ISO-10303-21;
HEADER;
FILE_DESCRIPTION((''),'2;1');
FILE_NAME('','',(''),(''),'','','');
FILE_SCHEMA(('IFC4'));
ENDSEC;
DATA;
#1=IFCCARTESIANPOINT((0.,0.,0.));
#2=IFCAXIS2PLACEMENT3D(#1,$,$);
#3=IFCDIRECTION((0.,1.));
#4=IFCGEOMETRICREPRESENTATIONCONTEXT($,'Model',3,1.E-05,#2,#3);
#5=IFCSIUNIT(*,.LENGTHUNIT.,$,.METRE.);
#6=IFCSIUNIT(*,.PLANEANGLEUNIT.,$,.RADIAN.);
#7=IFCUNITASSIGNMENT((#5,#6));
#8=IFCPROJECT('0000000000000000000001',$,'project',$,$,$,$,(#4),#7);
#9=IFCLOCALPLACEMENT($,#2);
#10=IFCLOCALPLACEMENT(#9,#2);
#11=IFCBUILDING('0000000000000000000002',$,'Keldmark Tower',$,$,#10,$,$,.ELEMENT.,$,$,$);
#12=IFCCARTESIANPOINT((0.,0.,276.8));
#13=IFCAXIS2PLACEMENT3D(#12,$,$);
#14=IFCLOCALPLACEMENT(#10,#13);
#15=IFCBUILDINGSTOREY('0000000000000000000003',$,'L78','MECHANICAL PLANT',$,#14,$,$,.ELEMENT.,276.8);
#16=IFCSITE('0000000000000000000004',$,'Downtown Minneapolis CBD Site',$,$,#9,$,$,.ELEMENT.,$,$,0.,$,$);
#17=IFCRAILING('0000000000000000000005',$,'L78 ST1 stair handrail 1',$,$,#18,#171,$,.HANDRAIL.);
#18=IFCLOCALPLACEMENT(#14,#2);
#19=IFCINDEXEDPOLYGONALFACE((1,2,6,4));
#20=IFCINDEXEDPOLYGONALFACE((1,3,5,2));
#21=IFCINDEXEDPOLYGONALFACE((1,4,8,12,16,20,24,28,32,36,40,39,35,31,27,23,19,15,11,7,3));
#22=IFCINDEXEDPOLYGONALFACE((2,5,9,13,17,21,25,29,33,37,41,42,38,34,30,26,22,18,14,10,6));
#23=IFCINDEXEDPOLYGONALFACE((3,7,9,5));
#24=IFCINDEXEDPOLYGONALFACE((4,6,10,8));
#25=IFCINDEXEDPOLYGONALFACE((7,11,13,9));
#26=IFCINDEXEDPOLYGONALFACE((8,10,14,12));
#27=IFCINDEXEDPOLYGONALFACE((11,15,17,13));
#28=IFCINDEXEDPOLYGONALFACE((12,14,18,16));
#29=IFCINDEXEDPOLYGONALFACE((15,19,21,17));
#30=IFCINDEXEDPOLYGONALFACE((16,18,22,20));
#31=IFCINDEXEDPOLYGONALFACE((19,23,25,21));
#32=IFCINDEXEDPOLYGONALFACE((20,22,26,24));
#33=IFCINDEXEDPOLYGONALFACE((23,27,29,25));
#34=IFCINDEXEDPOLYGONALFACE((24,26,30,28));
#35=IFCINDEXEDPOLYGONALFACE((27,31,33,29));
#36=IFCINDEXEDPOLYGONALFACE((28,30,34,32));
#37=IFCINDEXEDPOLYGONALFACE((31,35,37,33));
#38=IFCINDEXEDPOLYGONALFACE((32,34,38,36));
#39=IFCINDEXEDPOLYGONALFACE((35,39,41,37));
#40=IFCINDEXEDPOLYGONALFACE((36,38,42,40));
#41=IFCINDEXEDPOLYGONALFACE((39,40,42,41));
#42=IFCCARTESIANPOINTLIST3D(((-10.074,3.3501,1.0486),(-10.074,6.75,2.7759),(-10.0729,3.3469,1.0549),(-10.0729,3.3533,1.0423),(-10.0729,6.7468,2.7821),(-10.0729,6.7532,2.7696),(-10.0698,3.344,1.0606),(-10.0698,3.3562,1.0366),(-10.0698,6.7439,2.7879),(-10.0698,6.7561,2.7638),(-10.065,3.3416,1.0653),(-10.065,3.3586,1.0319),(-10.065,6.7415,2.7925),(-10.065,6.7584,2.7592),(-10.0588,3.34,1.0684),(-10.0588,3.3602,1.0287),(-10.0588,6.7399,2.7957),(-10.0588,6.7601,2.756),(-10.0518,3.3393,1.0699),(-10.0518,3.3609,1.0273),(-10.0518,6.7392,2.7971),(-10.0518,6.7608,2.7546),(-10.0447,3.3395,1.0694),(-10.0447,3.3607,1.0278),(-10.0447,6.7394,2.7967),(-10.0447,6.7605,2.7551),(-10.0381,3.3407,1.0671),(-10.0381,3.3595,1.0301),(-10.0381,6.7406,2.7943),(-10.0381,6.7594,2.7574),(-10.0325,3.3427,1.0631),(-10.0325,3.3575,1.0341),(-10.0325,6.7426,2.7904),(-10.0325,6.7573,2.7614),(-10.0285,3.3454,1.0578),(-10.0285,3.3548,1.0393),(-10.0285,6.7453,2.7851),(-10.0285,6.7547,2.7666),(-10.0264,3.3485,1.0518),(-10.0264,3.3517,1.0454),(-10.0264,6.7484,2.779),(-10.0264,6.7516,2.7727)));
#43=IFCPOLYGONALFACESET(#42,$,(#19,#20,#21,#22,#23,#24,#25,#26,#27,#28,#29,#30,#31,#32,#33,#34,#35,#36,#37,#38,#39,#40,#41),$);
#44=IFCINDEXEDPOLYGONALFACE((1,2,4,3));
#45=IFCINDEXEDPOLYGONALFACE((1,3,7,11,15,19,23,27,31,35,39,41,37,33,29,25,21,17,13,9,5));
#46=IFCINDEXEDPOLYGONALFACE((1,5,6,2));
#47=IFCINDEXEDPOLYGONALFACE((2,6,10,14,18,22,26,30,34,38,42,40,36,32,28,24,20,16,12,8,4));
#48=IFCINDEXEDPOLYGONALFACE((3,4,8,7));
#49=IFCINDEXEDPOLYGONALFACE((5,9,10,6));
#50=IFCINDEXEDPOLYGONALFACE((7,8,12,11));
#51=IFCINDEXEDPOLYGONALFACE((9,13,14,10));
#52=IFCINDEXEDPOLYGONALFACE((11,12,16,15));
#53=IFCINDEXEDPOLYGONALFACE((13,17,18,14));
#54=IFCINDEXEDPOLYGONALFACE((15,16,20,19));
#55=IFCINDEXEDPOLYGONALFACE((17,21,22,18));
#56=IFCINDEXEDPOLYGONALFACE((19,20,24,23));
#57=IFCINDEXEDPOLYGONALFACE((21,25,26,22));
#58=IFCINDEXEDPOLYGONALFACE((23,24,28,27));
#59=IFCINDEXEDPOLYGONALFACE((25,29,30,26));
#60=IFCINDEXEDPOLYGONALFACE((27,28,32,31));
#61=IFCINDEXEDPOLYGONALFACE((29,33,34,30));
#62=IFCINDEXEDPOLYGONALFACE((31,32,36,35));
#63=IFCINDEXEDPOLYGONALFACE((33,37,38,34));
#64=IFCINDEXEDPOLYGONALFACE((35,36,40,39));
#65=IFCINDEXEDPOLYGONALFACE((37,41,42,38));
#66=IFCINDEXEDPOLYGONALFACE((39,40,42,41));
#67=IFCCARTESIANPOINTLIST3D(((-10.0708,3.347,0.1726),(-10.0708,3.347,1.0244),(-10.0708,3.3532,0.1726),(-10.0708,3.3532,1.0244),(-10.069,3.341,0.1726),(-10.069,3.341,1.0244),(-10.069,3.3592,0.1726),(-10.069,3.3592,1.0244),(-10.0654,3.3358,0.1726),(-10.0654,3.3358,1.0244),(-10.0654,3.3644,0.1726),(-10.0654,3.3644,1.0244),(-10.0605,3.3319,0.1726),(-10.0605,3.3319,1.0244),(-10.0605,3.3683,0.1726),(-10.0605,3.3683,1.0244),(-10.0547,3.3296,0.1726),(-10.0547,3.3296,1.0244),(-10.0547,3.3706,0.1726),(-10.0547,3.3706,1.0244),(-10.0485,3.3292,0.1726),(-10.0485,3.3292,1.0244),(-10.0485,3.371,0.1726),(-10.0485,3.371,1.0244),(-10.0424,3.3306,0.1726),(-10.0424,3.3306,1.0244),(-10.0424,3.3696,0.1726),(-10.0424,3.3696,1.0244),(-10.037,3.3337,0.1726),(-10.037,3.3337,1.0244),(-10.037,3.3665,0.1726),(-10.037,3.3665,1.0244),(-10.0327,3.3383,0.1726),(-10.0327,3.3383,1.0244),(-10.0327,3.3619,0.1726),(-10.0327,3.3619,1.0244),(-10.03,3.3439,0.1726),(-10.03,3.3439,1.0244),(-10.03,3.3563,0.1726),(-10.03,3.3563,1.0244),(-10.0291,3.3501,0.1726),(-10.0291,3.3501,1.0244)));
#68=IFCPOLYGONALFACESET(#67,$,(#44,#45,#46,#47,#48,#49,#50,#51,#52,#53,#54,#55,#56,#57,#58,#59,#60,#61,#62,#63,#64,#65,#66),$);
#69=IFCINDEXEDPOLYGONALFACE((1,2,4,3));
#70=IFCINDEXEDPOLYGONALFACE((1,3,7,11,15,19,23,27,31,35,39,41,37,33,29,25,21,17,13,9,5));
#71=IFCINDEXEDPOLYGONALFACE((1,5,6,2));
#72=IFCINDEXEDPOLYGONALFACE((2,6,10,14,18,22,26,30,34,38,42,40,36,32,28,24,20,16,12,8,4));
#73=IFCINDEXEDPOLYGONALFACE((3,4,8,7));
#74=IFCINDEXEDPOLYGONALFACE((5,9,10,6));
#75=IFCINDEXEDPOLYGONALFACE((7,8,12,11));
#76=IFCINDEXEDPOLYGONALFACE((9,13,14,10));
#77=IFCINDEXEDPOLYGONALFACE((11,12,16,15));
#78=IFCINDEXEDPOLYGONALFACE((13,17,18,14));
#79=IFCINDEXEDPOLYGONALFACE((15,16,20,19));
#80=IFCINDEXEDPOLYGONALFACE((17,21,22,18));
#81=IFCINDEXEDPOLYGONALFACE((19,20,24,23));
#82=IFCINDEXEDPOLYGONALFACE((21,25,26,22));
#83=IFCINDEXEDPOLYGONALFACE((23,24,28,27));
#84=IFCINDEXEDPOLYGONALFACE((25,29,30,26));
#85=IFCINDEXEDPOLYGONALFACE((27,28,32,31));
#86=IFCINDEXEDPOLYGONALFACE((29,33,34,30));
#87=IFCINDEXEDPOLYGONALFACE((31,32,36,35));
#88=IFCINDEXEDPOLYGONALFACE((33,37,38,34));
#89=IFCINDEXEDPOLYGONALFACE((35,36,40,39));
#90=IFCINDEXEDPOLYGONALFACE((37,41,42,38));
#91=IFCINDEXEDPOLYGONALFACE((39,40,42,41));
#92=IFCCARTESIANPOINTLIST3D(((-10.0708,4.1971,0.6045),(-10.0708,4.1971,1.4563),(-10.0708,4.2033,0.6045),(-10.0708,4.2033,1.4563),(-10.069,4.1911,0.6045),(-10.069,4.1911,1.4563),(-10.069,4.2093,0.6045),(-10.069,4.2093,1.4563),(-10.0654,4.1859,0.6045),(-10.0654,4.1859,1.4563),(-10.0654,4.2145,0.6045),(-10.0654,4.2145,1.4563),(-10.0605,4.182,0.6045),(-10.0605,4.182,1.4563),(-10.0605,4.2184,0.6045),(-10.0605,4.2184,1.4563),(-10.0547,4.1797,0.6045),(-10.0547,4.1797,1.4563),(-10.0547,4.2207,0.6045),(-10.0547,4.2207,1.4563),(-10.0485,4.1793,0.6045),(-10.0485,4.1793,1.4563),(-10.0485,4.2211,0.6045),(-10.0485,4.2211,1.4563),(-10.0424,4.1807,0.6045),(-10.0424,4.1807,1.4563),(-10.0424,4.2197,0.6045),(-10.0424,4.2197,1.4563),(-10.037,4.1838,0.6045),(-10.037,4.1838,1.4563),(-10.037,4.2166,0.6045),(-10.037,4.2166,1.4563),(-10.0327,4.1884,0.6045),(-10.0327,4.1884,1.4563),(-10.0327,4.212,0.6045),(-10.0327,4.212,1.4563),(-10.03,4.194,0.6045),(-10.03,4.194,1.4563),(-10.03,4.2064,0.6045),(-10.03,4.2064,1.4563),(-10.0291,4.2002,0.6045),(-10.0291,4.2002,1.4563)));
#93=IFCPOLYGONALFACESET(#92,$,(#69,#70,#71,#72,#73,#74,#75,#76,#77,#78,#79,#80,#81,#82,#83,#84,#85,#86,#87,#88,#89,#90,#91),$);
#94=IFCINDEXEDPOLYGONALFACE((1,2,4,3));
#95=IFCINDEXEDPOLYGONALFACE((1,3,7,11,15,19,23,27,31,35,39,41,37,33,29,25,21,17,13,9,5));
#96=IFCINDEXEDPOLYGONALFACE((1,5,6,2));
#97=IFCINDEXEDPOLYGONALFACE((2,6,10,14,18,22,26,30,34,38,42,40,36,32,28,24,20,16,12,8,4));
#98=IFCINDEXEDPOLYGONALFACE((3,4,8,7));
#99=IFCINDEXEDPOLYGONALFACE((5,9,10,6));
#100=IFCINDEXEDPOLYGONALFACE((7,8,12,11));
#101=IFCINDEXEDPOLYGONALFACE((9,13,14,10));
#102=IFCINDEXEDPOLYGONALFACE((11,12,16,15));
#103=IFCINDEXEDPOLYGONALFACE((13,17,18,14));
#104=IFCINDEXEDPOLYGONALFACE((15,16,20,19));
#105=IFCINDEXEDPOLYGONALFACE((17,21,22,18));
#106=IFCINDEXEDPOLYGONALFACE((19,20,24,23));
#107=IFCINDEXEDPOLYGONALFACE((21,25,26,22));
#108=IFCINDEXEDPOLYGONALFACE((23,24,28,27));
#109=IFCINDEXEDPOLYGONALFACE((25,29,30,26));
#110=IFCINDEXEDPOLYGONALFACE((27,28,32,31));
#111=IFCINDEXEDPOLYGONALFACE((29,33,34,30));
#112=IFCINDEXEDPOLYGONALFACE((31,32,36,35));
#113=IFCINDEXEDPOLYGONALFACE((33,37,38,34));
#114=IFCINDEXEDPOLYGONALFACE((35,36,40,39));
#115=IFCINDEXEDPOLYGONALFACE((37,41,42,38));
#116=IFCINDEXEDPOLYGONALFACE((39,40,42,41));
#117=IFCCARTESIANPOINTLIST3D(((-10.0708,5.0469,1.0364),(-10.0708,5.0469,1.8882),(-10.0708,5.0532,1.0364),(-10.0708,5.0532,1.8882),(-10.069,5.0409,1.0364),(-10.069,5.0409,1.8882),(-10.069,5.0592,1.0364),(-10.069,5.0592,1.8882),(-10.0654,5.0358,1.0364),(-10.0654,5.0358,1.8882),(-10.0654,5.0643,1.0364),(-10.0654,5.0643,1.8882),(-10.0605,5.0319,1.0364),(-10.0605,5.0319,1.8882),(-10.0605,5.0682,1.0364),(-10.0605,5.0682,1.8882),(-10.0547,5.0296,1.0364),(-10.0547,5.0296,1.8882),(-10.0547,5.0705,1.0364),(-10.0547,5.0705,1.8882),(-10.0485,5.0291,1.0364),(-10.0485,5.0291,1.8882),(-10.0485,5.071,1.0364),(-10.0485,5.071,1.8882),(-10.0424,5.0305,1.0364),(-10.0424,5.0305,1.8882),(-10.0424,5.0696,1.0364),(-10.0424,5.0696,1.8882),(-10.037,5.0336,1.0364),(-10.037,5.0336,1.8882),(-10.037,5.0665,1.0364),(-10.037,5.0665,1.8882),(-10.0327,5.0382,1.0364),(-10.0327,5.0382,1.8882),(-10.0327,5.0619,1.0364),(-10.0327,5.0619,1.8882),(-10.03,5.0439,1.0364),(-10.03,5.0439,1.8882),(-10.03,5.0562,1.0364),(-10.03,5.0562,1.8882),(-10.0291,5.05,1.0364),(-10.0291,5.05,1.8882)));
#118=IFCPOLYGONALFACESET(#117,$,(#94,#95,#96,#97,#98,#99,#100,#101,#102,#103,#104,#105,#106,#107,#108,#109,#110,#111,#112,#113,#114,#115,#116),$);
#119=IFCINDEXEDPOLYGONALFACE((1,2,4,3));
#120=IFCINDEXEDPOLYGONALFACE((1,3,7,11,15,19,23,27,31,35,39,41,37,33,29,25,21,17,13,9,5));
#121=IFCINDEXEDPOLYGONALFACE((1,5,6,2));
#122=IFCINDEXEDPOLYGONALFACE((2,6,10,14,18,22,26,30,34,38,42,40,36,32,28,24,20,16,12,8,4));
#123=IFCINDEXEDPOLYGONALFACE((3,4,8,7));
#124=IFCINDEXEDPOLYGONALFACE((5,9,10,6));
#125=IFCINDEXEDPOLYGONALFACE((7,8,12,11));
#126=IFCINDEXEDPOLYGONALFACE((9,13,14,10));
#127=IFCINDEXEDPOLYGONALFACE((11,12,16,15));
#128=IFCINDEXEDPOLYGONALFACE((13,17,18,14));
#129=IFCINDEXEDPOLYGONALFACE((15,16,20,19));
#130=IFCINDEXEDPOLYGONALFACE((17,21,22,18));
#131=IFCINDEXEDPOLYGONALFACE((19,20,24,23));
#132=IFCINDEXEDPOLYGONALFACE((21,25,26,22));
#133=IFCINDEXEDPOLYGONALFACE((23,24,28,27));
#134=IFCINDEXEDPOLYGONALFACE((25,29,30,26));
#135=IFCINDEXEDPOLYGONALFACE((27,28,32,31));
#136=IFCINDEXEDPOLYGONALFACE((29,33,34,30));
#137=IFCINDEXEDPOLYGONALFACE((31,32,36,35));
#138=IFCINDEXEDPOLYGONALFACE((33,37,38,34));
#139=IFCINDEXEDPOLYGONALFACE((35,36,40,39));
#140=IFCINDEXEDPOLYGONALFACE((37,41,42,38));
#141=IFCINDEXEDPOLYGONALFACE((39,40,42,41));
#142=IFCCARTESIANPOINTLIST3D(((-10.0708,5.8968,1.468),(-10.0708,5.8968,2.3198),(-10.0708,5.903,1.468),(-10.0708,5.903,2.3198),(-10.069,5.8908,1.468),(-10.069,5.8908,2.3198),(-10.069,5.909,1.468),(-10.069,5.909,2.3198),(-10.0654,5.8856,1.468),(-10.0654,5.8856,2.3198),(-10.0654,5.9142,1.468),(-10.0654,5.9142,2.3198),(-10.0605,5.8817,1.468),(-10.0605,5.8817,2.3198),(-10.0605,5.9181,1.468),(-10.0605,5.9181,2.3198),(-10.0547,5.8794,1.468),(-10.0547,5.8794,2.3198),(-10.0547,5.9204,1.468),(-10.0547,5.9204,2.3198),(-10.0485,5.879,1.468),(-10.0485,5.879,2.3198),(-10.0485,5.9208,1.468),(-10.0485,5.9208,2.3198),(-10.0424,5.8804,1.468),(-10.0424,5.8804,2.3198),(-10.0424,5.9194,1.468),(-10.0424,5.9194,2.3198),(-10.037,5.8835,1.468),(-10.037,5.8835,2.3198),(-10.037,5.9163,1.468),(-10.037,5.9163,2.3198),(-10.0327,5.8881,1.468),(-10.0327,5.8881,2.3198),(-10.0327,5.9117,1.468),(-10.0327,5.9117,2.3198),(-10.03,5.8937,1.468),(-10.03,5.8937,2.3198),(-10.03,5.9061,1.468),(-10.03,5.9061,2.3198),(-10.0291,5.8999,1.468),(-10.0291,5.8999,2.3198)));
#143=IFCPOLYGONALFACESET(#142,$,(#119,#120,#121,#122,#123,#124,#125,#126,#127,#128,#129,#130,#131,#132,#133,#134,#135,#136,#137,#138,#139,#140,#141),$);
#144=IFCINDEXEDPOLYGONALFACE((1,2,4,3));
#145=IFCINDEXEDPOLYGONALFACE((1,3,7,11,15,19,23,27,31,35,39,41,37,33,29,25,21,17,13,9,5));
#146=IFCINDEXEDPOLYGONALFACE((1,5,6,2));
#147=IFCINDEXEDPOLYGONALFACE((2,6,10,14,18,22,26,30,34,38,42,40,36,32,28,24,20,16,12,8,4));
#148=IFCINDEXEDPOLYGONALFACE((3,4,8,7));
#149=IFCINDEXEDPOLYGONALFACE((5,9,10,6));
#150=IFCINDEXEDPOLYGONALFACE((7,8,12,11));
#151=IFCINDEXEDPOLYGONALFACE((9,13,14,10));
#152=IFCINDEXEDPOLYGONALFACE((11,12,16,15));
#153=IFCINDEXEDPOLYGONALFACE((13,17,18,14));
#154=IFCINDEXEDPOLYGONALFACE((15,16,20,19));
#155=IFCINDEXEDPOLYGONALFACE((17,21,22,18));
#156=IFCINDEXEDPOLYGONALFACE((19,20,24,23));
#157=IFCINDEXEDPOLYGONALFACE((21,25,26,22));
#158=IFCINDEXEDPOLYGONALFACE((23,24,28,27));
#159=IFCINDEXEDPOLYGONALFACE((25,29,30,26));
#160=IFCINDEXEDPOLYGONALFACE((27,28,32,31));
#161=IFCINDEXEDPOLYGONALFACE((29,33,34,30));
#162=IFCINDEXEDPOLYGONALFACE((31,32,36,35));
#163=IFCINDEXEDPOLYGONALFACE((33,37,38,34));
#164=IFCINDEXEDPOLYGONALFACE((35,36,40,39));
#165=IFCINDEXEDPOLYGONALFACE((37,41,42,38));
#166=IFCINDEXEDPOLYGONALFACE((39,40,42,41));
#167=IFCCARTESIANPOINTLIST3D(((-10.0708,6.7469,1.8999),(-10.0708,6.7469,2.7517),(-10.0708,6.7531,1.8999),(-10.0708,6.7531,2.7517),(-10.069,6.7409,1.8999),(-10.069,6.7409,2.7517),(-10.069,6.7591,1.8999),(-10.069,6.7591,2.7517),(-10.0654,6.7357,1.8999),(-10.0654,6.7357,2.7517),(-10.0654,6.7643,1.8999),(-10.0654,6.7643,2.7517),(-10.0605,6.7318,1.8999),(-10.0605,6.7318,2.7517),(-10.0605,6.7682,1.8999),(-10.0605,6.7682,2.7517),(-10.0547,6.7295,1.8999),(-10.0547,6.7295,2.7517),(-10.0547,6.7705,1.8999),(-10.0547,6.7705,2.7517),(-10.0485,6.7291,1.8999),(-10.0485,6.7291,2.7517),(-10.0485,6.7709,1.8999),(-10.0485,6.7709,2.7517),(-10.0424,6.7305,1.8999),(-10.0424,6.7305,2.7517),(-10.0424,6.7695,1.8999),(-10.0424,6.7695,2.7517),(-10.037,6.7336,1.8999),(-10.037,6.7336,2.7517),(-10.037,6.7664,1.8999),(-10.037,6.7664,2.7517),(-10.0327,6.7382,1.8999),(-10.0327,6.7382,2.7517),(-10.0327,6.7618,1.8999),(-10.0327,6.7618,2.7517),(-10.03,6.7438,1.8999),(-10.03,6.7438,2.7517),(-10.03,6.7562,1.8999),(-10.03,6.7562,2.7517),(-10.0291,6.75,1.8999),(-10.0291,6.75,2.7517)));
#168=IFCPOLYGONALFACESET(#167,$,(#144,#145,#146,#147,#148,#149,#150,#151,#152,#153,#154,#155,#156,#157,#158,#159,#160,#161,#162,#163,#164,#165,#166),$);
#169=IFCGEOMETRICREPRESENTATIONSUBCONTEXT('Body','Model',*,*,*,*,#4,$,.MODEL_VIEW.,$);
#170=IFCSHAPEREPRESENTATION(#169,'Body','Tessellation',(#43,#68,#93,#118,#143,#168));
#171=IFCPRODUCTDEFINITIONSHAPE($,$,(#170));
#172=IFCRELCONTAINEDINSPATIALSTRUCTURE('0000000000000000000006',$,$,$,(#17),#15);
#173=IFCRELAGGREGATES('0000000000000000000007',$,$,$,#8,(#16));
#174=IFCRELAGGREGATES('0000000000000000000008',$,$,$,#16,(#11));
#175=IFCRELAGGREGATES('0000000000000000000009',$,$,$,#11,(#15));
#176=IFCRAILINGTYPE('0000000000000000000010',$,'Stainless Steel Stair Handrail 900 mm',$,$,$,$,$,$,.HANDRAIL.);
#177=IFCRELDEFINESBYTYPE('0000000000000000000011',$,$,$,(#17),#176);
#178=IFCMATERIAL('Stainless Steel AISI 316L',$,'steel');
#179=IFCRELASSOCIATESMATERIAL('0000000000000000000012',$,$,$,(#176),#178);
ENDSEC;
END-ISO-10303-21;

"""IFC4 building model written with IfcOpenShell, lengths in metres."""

from ifc_helpers import new_model, si_unit, direction, frame, origin, origin_2d, place, context, subcontext, project, spatial, circle, extrude, material, type_object, element, save


model = new_model("IFC4")

# Units and contexts
model_context = context("Model", 3, precision=1e-05, world=origin(), true_north=direction((0.0, 1.0)))
body_context = subcontext(model_context, "Body", "Model", "MODEL_VIEW")
ifc_project = project(units=[si_unit("LENGTHUNIT", "METRE"), si_unit("PLANEANGLEUNIT", "RADIAN")], contexts=[model_context])

# Site, building, storey
site_placement = place(None, origin())
site = spatial("IfcSite", under=ifc_project, at=site_placement, Name="Downtown Minneapolis CBD Site", CompositionType="ELEMENT", RefElevation=0.0)
building_placement = place(site_placement, origin())
building = spatial("IfcBuilding", under=site, at=building_placement, Name="Keldmark Tower", CompositionType="ELEMENT")
storey_placement = place(building_placement, frame((0.0, 0.0, 276.8)))
storey = spatial("IfcBuildingStorey", under=building, at=storey_placement, Name="L78", Description="MECHANICAL PLANT", CompositionType="ELEMENT", Elevation=276.8)

# Railing
ifc_material_1 = material(Name="Stainless Steel AISI 316L", Category="steel")
railing_type_1 = type_object("IfcRailingType", Name="Stainless Steel Stair Handrail 900 mm", PredefinedType="HANDRAIL", material=ifc_material_1)
railing_1_placement = place(storey_placement, frame((-10.05, 3.3501, 0.1726)))
element("IfcRailing", 1, at=railing_1_placement, inside=storey, type_object=railing_type_1, Name="L78 ST1 stair handrail 1", PredefinedType="HANDRAIL", context=body_context, shape_type="SweptSolid", body=[
    extrude(circle(Radius=0.0239, at=origin_2d()), frame((0.0, 0.0, 0.876), z_axis=(0.0, 0.891541, 0.452941), x_axis=(-1.0, 0.0, 0.0)), (0.0, 0.0, 1.0), 3.8135),
    extrude(circle(Radius=0.021, at=origin_2d()), origin(), (0.0, 0.0, 1.0), 0.8518),
    extrude(circle(Radius=0.021, at=origin_2d()), frame((0.0, 0.8501, 0.4319)), (0.0, 0.0, 1.0), 0.8518),
    extrude(circle(Radius=0.021, at=origin_2d()), frame((0.0, 1.7, 0.8638)), (0.0, 0.0, 1.0), 0.8518),
    extrude(circle(Radius=0.021, at=origin_2d()), frame((0.0, 2.5498, 1.2954)), (0.0, 0.0, 1.0), 0.8518),
    extrude(circle(Radius=0.021, at=origin_2d()), frame((0.0, 3.3999, 1.7273)), (0.0, 0.0, 1.0), 0.8518),
])

save(model, "model.ifc")
